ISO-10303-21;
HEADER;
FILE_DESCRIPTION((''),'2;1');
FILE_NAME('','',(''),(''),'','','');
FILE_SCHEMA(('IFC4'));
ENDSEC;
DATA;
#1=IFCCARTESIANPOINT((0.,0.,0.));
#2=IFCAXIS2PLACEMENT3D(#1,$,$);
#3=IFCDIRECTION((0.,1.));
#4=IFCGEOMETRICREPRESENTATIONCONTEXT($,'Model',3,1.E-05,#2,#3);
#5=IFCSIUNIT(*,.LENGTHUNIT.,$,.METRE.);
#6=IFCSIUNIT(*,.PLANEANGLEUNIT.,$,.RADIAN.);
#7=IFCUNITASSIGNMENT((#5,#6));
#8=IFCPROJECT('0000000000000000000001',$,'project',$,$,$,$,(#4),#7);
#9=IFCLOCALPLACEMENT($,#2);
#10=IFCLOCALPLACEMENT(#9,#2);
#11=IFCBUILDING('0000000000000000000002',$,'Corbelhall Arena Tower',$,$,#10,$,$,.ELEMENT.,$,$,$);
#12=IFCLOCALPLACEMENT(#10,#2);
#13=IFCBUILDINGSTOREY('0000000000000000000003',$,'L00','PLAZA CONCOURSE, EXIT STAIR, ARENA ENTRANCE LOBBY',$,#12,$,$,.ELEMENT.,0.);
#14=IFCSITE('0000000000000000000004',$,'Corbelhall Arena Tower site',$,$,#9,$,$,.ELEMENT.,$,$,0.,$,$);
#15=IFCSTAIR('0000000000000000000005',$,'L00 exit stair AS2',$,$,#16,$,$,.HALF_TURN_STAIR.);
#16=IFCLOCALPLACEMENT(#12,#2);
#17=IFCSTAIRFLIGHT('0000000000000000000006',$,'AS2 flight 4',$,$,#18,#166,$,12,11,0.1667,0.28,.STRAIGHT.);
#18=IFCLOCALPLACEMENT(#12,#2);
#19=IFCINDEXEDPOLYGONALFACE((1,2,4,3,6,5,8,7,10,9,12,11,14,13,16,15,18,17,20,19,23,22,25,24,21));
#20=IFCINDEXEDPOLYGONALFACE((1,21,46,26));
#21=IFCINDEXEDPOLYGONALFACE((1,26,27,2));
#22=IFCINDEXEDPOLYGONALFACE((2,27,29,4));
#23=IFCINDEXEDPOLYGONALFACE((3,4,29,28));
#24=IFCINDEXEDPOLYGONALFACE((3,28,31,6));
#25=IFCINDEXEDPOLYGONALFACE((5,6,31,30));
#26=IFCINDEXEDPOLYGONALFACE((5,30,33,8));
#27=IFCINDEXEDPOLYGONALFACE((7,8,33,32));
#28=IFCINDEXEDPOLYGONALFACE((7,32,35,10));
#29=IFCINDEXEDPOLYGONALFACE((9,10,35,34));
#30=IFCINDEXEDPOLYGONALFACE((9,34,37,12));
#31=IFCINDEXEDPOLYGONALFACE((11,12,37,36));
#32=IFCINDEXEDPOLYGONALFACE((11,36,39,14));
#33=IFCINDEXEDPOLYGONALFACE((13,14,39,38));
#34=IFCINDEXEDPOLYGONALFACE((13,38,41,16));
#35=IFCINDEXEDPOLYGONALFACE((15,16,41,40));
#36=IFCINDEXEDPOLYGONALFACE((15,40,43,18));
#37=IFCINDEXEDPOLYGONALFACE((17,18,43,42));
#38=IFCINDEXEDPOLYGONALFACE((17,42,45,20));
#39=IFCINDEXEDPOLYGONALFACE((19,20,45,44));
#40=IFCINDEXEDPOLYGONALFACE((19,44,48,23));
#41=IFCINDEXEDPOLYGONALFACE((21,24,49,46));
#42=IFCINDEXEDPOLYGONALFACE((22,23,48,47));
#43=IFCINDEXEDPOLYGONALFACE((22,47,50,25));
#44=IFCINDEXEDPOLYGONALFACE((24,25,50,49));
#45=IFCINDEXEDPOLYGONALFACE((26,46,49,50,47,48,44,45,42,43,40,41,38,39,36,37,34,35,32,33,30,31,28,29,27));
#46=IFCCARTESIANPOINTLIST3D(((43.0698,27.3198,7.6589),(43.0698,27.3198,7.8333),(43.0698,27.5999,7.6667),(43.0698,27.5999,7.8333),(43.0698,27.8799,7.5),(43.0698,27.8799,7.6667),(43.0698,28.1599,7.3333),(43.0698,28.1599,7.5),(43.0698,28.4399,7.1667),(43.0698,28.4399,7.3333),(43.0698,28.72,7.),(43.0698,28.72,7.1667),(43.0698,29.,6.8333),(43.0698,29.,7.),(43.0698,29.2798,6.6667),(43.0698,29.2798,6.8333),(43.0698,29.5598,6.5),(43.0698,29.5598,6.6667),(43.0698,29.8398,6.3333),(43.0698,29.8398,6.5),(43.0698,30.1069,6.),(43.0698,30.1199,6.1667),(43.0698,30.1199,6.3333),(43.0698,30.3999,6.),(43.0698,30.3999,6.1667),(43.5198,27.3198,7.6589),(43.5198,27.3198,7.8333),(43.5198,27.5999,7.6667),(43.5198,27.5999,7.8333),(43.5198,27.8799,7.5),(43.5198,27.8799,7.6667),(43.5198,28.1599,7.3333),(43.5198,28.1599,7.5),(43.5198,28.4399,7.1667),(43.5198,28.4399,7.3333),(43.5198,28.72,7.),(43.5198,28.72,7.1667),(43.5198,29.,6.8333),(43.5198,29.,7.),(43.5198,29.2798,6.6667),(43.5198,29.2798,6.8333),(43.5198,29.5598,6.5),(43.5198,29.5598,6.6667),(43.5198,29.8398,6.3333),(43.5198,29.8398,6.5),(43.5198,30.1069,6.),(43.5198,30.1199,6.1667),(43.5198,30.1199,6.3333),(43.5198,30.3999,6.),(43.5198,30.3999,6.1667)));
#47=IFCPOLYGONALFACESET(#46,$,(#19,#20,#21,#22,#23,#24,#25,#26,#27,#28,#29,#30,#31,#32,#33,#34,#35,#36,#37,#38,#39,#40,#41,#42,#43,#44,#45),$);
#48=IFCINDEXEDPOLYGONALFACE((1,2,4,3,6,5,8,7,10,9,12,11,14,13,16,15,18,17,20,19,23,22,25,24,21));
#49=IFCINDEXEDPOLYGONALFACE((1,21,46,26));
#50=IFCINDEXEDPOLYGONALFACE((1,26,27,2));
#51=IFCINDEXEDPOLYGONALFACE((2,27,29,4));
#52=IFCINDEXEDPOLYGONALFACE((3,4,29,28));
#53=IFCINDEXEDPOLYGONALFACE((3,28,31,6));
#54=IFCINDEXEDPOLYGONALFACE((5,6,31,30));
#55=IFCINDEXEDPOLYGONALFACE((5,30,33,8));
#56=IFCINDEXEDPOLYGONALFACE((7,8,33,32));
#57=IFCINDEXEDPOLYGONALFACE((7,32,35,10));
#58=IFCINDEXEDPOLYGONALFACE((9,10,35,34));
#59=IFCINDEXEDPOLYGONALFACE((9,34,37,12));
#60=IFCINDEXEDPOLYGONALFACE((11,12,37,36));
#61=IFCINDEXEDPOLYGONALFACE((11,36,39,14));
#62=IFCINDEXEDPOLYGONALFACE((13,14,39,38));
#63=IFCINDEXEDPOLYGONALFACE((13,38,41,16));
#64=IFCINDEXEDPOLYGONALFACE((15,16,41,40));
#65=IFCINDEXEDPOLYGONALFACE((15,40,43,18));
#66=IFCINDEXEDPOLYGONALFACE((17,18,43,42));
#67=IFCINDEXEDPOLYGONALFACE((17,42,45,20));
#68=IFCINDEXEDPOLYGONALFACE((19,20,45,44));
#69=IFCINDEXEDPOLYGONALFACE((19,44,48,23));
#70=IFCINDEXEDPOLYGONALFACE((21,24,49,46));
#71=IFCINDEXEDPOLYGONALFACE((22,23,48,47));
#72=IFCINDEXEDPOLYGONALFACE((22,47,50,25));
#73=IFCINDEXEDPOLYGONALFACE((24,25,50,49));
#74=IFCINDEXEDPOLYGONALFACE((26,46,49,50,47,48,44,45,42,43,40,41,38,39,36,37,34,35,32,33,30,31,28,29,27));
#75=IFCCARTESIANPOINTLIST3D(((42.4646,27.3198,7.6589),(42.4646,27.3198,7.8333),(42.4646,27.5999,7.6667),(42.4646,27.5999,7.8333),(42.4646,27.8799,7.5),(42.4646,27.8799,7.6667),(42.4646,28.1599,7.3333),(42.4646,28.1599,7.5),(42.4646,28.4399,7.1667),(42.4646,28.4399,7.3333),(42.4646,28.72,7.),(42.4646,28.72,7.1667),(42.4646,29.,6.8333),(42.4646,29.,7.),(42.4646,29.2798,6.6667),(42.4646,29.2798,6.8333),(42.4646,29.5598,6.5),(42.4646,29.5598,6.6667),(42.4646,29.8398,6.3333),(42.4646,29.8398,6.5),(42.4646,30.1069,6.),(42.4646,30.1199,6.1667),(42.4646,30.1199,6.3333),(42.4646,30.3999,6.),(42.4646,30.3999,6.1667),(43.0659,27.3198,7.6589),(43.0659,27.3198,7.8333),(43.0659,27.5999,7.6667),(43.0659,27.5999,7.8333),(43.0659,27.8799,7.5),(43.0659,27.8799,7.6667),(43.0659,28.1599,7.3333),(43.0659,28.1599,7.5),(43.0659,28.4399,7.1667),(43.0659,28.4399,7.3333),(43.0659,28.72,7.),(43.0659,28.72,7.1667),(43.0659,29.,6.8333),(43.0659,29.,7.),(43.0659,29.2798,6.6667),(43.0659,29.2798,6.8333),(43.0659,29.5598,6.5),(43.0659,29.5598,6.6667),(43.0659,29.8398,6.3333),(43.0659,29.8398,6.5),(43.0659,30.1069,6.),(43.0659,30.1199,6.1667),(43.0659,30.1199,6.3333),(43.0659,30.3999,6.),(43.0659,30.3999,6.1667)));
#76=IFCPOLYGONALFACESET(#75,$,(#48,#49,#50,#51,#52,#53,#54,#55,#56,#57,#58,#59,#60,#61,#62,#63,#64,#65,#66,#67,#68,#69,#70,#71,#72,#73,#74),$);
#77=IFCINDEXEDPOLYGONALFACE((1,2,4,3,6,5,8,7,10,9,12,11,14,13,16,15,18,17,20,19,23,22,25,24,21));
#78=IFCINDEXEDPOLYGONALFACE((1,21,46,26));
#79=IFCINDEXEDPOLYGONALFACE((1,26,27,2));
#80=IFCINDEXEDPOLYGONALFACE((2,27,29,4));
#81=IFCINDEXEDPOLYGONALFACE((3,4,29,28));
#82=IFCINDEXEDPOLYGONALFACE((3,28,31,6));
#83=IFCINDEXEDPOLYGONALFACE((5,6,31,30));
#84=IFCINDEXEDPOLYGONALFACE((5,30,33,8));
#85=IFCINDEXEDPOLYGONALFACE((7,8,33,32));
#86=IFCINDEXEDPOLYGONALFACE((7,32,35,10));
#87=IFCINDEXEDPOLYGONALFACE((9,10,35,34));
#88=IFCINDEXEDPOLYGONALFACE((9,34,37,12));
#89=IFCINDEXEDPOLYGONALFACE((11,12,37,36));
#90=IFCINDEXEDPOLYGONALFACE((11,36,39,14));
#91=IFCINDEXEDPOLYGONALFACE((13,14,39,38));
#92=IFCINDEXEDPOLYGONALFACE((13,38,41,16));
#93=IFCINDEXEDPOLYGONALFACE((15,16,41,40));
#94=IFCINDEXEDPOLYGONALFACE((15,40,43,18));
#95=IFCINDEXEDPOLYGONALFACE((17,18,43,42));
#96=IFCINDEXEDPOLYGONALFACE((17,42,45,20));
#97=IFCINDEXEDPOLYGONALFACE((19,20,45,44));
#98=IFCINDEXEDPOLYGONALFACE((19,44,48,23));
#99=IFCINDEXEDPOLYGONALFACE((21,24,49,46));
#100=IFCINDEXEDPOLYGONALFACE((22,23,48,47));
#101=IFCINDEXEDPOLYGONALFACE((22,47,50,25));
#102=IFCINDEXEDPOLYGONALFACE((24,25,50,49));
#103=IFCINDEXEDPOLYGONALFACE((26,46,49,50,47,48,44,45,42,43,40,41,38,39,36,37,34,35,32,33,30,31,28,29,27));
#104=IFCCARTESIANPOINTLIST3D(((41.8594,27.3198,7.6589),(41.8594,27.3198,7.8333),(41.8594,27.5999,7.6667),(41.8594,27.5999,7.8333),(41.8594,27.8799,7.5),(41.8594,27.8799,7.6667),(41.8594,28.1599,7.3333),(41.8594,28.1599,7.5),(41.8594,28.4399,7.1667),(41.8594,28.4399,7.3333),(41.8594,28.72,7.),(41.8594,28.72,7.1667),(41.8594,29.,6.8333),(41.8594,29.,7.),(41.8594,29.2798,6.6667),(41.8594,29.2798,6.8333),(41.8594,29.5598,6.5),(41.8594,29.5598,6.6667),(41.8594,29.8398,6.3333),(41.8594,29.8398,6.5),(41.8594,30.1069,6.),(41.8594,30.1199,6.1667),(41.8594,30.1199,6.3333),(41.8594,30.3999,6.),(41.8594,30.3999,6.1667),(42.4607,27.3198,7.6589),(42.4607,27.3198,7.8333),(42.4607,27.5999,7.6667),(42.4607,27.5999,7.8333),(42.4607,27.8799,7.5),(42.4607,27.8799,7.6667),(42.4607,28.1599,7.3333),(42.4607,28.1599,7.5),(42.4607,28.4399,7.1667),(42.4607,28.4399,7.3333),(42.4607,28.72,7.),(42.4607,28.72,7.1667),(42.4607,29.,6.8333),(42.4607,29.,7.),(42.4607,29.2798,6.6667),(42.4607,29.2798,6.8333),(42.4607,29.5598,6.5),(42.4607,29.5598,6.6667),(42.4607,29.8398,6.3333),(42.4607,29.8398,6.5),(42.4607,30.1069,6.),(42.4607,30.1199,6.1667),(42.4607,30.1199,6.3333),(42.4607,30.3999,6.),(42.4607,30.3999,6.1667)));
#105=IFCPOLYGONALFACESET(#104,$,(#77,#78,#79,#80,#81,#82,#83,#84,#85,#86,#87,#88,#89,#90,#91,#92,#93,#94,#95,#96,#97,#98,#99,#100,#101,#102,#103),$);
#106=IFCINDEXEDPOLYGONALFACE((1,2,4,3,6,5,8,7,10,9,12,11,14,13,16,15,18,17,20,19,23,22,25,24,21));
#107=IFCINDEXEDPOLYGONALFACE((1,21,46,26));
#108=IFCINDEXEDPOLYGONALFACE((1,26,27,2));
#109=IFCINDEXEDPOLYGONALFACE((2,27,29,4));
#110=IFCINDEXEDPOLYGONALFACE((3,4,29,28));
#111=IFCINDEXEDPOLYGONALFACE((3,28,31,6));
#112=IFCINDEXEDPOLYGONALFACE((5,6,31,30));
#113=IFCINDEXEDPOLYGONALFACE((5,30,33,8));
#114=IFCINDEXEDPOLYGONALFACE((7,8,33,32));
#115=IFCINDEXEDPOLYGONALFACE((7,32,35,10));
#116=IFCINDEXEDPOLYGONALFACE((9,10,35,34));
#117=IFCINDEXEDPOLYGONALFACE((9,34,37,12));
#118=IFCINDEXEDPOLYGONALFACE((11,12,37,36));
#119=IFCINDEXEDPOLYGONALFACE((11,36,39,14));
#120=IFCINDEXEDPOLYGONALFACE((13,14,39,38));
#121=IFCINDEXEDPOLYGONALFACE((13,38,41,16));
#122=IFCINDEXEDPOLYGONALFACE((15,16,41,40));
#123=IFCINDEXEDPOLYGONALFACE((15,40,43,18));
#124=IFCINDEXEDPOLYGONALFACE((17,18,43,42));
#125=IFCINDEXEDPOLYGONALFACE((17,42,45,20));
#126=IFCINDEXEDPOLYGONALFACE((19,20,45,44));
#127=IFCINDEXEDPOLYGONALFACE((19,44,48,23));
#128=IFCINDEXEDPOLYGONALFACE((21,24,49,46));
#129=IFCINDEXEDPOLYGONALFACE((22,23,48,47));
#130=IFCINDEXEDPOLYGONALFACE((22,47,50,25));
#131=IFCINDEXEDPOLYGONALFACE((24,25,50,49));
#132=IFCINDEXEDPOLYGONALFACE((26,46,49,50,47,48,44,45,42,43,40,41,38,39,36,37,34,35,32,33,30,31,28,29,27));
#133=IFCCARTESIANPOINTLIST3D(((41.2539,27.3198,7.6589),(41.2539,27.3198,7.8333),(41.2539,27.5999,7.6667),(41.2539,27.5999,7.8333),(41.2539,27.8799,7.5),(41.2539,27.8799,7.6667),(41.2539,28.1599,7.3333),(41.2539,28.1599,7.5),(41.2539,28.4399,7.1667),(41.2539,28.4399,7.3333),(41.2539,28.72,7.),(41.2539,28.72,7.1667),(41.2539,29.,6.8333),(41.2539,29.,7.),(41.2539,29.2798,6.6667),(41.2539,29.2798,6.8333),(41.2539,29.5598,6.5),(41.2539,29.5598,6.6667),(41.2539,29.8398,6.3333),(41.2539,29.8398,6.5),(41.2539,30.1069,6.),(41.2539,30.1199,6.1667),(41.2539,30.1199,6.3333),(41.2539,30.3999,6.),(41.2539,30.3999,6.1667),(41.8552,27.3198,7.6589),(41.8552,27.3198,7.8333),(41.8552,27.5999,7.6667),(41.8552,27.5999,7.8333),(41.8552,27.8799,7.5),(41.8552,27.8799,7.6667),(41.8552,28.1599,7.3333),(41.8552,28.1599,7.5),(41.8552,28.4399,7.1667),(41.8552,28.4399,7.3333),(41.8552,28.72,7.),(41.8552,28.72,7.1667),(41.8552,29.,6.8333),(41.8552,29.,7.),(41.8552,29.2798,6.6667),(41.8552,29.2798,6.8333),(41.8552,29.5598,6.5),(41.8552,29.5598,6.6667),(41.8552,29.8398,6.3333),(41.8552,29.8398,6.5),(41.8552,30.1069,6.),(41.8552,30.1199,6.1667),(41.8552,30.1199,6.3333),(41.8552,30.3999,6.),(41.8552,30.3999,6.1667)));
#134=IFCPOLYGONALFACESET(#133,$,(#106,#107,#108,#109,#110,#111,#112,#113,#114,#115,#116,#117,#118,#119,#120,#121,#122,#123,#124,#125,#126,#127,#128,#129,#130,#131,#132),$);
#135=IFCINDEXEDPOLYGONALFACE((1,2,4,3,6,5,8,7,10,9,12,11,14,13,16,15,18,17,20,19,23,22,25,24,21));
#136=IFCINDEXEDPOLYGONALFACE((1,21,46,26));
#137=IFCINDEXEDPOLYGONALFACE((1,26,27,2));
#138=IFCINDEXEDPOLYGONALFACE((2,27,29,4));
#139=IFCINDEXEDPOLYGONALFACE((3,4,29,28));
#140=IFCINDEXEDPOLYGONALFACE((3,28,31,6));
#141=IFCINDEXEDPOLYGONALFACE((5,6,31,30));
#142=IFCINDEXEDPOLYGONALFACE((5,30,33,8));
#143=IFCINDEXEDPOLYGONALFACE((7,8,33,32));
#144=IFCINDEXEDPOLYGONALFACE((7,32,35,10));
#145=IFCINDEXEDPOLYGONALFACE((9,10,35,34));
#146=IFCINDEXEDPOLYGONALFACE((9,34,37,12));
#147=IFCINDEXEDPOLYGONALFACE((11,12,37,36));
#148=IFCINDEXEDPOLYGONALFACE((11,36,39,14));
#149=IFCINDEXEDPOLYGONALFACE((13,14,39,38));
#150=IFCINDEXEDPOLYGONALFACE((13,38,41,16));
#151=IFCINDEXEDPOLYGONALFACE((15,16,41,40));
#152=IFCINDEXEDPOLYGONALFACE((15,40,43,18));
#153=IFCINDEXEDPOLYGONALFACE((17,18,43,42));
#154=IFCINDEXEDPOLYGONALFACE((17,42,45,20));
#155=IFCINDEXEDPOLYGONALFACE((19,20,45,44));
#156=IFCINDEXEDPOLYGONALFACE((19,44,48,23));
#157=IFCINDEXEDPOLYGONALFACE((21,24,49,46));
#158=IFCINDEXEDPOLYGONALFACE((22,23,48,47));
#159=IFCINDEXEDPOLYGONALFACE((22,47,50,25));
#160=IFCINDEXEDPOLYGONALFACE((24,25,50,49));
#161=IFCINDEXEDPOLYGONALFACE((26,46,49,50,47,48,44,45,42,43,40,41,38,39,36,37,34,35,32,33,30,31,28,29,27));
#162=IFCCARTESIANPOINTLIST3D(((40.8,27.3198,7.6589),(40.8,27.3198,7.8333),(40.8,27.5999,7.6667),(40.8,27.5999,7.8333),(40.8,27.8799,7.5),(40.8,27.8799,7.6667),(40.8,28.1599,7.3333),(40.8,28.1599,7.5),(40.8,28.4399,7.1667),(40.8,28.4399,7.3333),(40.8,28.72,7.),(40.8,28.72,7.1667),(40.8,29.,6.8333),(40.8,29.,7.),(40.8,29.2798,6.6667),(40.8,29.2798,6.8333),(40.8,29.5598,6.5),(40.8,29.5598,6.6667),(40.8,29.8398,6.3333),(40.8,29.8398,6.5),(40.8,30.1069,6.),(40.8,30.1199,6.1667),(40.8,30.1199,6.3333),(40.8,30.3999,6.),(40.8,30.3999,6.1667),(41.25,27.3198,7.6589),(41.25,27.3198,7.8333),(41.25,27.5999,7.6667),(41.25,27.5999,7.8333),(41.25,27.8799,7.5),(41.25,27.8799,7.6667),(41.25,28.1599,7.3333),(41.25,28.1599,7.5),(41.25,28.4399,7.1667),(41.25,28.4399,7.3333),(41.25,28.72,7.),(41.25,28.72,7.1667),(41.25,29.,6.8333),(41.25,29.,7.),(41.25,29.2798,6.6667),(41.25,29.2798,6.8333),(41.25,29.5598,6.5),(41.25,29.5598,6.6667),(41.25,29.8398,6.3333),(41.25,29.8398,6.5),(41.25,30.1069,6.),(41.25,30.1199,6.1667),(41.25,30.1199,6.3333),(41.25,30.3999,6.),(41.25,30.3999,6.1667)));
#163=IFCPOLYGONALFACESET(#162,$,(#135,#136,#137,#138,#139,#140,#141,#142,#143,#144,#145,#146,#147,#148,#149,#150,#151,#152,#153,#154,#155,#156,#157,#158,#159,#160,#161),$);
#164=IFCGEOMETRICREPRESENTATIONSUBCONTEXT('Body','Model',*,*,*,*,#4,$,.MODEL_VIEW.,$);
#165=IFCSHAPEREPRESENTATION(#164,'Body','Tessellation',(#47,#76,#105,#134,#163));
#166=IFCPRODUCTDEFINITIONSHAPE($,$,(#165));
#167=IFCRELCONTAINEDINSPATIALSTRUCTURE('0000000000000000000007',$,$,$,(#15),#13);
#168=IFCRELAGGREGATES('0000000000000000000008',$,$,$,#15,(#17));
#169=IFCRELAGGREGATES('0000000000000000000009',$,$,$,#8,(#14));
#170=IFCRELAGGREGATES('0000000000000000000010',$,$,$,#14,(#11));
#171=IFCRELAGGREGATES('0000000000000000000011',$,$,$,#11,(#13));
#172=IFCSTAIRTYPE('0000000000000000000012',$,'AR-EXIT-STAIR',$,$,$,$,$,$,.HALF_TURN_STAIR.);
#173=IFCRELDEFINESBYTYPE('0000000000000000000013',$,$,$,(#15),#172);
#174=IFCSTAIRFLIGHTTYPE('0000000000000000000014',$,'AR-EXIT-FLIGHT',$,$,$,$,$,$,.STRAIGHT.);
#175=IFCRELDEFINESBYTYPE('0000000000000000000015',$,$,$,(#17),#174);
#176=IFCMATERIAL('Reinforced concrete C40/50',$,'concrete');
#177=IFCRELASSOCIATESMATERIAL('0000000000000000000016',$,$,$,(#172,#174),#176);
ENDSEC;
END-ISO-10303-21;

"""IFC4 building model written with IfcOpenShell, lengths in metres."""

from ifc_helpers import new_model, si_unit, direction, frame, origin, place, context, subcontext, project, spatial, polyline, outline, extrude, material, type_object, element, aggregate, save


model = new_model("IFC4")

# Units and contexts
model_context = context("Model", 3, precision=1e-05, world=origin(), true_north=direction((0.0, 1.0)))
body_context = subcontext(model_context, "Body", "Model", "MODEL_VIEW")
ifc_project = project(units=[si_unit("LENGTHUNIT", "METRE"), si_unit("PLANEANGLEUNIT", "RADIAN")], contexts=[model_context])

# Site, building, storey
site_placement = place(None, origin())
site = spatial("IfcSite", under=ifc_project, at=site_placement, Name="Corbelhall Arena Tower site", CompositionType="ELEMENT", RefElevation=0.0)
building_placement = place(site_placement, origin())
building = spatial("IfcBuilding", under=site, at=building_placement, Name="Corbelhall Arena Tower", CompositionType="ELEMENT")
storey_placement = place(building_placement, origin())
storey = spatial("IfcBuildingStorey", under=building, at=storey_placement, Name="L00", Description="PLAZA CONCOURSE, EXIT STAIR, ARENA ENTRANCE LOBBY", CompositionType="ELEMENT", Elevation=0.0)

# Shared definitions
ifc_material_1 = material(Name="Reinforced concrete C40/50", Category="concrete")

# Stair, stair flight
stair_type = type_object("IfcStairType", Name="AR-EXIT-STAIR", PredefinedType="HALF_TURN_STAIR", material=ifc_material_1)
stair_flight_type = type_object("IfcStairFlightType", Name="AR-EXIT-FLIGHT", PredefinedType="STRAIGHT", material=ifc_material_1)
stair_1_placement = place(storey_placement, origin())
stair_1 = element("IfcStair", 1, at=stair_1_placement, inside=storey, type_object=stair_type, Name="L00 exit stair AS2", PredefinedType="HALF_TURN_STAIR")
stair_flight_1_placement = place(storey_placement, frame((42.1599, 30.3999, 6.0), z_axis=(0.0, 0.0, 1.0), x_axis=(0.0, -1.0, 0.0)))
stair_flight_1 = element("IfcStairFlight", 2, at=stair_flight_1_placement, type_object=stair_flight_type, Name="AS2 flight 4", NumberOfRisers=12, NumberOfTreads=11, PredefinedType="STRAIGHT", RiserHeight=0.1667, TreadLength=0.28, context=body_context, shape_type="SweptSolid", body=[
    extrude(outline(polyline([(0.0, 0.0), (0.0, 0.1667), (0.28, 0.1667), (0.28, 0.3333), (0.5601, 0.3333), (0.5601, 0.5), (0.8401, 0.5), (0.8401, 0.6667), (1.1201, 0.6667), (1.1201, 0.8333), (1.3999, 0.8333), (1.3999, 1.0), (1.6799, 1.0), (1.6799, 1.1667), (1.96, 1.1667), (1.96, 1.3333), (2.24, 1.3333), (2.24, 1.5), (2.52, 1.5), (2.52, 1.6667), (2.8, 1.6667), (2.8, 1.8333), (3.0801, 1.8333), (3.0801, 2.0), (3.0801, 1.6589), (0.293, 0.0), (0.0, 0.0)])), frame((0.0, 1.3599, 0.0), z_axis=(0.0, -1.0, 0.0), x_axis=(1.0, 0.0, 0.0)), (0.0, 0.0, 1.0), 0.45),
    extrude(outline(polyline([(0.0, 0.0), (0.0, 0.1667), (0.28, 0.1667), (0.28, 0.3333), (0.5601, 0.3333), (0.5601, 0.5), (0.8401, 0.5), (0.8401, 0.6667), (1.1201, 0.6667), (1.1201, 0.8333), (1.3999, 0.8333), (1.3999, 1.0), (1.6799, 1.0), (1.6799, 1.1667), (1.96, 1.1667), (1.96, 1.3333), (2.24, 1.3333), (2.24, 1.5), (2.52, 1.5), (2.52, 1.6667), (2.8, 1.6667), (2.8, 1.8333), (3.0801, 1.8333), (3.0801, 2.0), (3.0801, 1.6589), (0.293, 0.0), (0.0, 0.0)])), frame((0.0, 0.906, 0.0), z_axis=(0.0, -1.0, 0.0), x_axis=(1.0, 0.0, 0.0)), (0.0, 0.0, 1.0), 0.6013),
    extrude(outline(polyline([(0.0, 0.0), (0.0, 0.1667), (0.28, 0.1667), (0.28, 0.3333), (0.5601, 0.3333), (0.5601, 0.5), (0.8401, 0.5), (0.8401, 0.6667), (1.1201, 0.6667), (1.1201, 0.8333), (1.3999, 0.8333), (1.3999, 1.0), (1.6799, 1.0), (1.6799, 1.1667), (1.96, 1.1667), (1.96, 1.3333), (2.24, 1.3333), (2.24, 1.5), (2.52, 1.5), (2.52, 1.6667), (2.8, 1.6667), (2.8, 1.8333), (3.0801, 1.8333), (3.0801, 2.0), (3.0801, 1.6589), (0.293, 0.0), (0.0, 0.0)])), frame((0.0, 0.3008, 0.0), z_axis=(0.0, -1.0, 0.0), x_axis=(1.0, 0.0, 0.0)), (0.0, 0.0, 1.0), 0.6013),
    extrude(outline(polyline([(0.0, 0.0), (0.0, 0.1667), (0.28, 0.1667), (0.28, 0.3333), (0.5601, 0.3333), (0.5601, 0.5), (0.8401, 0.5), (0.8401, 0.6667), (1.1201, 0.6667), (1.1201, 0.8333), (1.3999, 0.8333), (1.3999, 1.0), (1.6799, 1.0), (1.6799, 1.1667), (1.96, 1.1667), (1.96, 1.3333), (2.24, 1.3333), (2.24, 1.5), (2.52, 1.5), (2.52, 1.6667), (2.8, 1.6667), (2.8, 1.8333), (3.0801, 1.8333), (3.0801, 2.0), (3.0801, 1.6589), (0.293, 0.0), (0.0, 0.0)])), frame((0.0, -0.3047, 0.0), z_axis=(0.0, -1.0, 0.0), x_axis=(1.0, 0.0, 0.0)), (0.0, 0.0, 1.0), 0.6013),
    extrude(outline(polyline([(0.0, 0.0), (0.0, 0.1667), (0.28, 0.1667), (0.28, 0.3333), (0.5601, 0.3333), (0.5601, 0.5), (0.8401, 0.5), (0.8401, 0.6667), (1.1201, 0.6667), (1.1201, 0.8333), (1.3999, 0.8333), (1.3999, 1.0), (1.6799, 1.0), (1.6799, 1.1667), (1.96, 1.1667), (1.96, 1.3333), (2.24, 1.3333), (2.24, 1.5), (2.52, 1.5), (2.52, 1.6667), (2.8, 1.6667), (2.8, 1.8333), (3.0801, 1.8333), (3.0801, 2.0), (3.0801, 1.6589), (0.293, 0.0), (0.0, 0.0)])), frame((0.0, -0.9099, 0.0), z_axis=(0.0, -1.0, 0.0), x_axis=(1.0, 0.0, 0.0)), (0.0, 0.0, 1.0), 0.45),
])
aggregate(stair_1, [stair_flight_1])

save(model, "model.ifc")
